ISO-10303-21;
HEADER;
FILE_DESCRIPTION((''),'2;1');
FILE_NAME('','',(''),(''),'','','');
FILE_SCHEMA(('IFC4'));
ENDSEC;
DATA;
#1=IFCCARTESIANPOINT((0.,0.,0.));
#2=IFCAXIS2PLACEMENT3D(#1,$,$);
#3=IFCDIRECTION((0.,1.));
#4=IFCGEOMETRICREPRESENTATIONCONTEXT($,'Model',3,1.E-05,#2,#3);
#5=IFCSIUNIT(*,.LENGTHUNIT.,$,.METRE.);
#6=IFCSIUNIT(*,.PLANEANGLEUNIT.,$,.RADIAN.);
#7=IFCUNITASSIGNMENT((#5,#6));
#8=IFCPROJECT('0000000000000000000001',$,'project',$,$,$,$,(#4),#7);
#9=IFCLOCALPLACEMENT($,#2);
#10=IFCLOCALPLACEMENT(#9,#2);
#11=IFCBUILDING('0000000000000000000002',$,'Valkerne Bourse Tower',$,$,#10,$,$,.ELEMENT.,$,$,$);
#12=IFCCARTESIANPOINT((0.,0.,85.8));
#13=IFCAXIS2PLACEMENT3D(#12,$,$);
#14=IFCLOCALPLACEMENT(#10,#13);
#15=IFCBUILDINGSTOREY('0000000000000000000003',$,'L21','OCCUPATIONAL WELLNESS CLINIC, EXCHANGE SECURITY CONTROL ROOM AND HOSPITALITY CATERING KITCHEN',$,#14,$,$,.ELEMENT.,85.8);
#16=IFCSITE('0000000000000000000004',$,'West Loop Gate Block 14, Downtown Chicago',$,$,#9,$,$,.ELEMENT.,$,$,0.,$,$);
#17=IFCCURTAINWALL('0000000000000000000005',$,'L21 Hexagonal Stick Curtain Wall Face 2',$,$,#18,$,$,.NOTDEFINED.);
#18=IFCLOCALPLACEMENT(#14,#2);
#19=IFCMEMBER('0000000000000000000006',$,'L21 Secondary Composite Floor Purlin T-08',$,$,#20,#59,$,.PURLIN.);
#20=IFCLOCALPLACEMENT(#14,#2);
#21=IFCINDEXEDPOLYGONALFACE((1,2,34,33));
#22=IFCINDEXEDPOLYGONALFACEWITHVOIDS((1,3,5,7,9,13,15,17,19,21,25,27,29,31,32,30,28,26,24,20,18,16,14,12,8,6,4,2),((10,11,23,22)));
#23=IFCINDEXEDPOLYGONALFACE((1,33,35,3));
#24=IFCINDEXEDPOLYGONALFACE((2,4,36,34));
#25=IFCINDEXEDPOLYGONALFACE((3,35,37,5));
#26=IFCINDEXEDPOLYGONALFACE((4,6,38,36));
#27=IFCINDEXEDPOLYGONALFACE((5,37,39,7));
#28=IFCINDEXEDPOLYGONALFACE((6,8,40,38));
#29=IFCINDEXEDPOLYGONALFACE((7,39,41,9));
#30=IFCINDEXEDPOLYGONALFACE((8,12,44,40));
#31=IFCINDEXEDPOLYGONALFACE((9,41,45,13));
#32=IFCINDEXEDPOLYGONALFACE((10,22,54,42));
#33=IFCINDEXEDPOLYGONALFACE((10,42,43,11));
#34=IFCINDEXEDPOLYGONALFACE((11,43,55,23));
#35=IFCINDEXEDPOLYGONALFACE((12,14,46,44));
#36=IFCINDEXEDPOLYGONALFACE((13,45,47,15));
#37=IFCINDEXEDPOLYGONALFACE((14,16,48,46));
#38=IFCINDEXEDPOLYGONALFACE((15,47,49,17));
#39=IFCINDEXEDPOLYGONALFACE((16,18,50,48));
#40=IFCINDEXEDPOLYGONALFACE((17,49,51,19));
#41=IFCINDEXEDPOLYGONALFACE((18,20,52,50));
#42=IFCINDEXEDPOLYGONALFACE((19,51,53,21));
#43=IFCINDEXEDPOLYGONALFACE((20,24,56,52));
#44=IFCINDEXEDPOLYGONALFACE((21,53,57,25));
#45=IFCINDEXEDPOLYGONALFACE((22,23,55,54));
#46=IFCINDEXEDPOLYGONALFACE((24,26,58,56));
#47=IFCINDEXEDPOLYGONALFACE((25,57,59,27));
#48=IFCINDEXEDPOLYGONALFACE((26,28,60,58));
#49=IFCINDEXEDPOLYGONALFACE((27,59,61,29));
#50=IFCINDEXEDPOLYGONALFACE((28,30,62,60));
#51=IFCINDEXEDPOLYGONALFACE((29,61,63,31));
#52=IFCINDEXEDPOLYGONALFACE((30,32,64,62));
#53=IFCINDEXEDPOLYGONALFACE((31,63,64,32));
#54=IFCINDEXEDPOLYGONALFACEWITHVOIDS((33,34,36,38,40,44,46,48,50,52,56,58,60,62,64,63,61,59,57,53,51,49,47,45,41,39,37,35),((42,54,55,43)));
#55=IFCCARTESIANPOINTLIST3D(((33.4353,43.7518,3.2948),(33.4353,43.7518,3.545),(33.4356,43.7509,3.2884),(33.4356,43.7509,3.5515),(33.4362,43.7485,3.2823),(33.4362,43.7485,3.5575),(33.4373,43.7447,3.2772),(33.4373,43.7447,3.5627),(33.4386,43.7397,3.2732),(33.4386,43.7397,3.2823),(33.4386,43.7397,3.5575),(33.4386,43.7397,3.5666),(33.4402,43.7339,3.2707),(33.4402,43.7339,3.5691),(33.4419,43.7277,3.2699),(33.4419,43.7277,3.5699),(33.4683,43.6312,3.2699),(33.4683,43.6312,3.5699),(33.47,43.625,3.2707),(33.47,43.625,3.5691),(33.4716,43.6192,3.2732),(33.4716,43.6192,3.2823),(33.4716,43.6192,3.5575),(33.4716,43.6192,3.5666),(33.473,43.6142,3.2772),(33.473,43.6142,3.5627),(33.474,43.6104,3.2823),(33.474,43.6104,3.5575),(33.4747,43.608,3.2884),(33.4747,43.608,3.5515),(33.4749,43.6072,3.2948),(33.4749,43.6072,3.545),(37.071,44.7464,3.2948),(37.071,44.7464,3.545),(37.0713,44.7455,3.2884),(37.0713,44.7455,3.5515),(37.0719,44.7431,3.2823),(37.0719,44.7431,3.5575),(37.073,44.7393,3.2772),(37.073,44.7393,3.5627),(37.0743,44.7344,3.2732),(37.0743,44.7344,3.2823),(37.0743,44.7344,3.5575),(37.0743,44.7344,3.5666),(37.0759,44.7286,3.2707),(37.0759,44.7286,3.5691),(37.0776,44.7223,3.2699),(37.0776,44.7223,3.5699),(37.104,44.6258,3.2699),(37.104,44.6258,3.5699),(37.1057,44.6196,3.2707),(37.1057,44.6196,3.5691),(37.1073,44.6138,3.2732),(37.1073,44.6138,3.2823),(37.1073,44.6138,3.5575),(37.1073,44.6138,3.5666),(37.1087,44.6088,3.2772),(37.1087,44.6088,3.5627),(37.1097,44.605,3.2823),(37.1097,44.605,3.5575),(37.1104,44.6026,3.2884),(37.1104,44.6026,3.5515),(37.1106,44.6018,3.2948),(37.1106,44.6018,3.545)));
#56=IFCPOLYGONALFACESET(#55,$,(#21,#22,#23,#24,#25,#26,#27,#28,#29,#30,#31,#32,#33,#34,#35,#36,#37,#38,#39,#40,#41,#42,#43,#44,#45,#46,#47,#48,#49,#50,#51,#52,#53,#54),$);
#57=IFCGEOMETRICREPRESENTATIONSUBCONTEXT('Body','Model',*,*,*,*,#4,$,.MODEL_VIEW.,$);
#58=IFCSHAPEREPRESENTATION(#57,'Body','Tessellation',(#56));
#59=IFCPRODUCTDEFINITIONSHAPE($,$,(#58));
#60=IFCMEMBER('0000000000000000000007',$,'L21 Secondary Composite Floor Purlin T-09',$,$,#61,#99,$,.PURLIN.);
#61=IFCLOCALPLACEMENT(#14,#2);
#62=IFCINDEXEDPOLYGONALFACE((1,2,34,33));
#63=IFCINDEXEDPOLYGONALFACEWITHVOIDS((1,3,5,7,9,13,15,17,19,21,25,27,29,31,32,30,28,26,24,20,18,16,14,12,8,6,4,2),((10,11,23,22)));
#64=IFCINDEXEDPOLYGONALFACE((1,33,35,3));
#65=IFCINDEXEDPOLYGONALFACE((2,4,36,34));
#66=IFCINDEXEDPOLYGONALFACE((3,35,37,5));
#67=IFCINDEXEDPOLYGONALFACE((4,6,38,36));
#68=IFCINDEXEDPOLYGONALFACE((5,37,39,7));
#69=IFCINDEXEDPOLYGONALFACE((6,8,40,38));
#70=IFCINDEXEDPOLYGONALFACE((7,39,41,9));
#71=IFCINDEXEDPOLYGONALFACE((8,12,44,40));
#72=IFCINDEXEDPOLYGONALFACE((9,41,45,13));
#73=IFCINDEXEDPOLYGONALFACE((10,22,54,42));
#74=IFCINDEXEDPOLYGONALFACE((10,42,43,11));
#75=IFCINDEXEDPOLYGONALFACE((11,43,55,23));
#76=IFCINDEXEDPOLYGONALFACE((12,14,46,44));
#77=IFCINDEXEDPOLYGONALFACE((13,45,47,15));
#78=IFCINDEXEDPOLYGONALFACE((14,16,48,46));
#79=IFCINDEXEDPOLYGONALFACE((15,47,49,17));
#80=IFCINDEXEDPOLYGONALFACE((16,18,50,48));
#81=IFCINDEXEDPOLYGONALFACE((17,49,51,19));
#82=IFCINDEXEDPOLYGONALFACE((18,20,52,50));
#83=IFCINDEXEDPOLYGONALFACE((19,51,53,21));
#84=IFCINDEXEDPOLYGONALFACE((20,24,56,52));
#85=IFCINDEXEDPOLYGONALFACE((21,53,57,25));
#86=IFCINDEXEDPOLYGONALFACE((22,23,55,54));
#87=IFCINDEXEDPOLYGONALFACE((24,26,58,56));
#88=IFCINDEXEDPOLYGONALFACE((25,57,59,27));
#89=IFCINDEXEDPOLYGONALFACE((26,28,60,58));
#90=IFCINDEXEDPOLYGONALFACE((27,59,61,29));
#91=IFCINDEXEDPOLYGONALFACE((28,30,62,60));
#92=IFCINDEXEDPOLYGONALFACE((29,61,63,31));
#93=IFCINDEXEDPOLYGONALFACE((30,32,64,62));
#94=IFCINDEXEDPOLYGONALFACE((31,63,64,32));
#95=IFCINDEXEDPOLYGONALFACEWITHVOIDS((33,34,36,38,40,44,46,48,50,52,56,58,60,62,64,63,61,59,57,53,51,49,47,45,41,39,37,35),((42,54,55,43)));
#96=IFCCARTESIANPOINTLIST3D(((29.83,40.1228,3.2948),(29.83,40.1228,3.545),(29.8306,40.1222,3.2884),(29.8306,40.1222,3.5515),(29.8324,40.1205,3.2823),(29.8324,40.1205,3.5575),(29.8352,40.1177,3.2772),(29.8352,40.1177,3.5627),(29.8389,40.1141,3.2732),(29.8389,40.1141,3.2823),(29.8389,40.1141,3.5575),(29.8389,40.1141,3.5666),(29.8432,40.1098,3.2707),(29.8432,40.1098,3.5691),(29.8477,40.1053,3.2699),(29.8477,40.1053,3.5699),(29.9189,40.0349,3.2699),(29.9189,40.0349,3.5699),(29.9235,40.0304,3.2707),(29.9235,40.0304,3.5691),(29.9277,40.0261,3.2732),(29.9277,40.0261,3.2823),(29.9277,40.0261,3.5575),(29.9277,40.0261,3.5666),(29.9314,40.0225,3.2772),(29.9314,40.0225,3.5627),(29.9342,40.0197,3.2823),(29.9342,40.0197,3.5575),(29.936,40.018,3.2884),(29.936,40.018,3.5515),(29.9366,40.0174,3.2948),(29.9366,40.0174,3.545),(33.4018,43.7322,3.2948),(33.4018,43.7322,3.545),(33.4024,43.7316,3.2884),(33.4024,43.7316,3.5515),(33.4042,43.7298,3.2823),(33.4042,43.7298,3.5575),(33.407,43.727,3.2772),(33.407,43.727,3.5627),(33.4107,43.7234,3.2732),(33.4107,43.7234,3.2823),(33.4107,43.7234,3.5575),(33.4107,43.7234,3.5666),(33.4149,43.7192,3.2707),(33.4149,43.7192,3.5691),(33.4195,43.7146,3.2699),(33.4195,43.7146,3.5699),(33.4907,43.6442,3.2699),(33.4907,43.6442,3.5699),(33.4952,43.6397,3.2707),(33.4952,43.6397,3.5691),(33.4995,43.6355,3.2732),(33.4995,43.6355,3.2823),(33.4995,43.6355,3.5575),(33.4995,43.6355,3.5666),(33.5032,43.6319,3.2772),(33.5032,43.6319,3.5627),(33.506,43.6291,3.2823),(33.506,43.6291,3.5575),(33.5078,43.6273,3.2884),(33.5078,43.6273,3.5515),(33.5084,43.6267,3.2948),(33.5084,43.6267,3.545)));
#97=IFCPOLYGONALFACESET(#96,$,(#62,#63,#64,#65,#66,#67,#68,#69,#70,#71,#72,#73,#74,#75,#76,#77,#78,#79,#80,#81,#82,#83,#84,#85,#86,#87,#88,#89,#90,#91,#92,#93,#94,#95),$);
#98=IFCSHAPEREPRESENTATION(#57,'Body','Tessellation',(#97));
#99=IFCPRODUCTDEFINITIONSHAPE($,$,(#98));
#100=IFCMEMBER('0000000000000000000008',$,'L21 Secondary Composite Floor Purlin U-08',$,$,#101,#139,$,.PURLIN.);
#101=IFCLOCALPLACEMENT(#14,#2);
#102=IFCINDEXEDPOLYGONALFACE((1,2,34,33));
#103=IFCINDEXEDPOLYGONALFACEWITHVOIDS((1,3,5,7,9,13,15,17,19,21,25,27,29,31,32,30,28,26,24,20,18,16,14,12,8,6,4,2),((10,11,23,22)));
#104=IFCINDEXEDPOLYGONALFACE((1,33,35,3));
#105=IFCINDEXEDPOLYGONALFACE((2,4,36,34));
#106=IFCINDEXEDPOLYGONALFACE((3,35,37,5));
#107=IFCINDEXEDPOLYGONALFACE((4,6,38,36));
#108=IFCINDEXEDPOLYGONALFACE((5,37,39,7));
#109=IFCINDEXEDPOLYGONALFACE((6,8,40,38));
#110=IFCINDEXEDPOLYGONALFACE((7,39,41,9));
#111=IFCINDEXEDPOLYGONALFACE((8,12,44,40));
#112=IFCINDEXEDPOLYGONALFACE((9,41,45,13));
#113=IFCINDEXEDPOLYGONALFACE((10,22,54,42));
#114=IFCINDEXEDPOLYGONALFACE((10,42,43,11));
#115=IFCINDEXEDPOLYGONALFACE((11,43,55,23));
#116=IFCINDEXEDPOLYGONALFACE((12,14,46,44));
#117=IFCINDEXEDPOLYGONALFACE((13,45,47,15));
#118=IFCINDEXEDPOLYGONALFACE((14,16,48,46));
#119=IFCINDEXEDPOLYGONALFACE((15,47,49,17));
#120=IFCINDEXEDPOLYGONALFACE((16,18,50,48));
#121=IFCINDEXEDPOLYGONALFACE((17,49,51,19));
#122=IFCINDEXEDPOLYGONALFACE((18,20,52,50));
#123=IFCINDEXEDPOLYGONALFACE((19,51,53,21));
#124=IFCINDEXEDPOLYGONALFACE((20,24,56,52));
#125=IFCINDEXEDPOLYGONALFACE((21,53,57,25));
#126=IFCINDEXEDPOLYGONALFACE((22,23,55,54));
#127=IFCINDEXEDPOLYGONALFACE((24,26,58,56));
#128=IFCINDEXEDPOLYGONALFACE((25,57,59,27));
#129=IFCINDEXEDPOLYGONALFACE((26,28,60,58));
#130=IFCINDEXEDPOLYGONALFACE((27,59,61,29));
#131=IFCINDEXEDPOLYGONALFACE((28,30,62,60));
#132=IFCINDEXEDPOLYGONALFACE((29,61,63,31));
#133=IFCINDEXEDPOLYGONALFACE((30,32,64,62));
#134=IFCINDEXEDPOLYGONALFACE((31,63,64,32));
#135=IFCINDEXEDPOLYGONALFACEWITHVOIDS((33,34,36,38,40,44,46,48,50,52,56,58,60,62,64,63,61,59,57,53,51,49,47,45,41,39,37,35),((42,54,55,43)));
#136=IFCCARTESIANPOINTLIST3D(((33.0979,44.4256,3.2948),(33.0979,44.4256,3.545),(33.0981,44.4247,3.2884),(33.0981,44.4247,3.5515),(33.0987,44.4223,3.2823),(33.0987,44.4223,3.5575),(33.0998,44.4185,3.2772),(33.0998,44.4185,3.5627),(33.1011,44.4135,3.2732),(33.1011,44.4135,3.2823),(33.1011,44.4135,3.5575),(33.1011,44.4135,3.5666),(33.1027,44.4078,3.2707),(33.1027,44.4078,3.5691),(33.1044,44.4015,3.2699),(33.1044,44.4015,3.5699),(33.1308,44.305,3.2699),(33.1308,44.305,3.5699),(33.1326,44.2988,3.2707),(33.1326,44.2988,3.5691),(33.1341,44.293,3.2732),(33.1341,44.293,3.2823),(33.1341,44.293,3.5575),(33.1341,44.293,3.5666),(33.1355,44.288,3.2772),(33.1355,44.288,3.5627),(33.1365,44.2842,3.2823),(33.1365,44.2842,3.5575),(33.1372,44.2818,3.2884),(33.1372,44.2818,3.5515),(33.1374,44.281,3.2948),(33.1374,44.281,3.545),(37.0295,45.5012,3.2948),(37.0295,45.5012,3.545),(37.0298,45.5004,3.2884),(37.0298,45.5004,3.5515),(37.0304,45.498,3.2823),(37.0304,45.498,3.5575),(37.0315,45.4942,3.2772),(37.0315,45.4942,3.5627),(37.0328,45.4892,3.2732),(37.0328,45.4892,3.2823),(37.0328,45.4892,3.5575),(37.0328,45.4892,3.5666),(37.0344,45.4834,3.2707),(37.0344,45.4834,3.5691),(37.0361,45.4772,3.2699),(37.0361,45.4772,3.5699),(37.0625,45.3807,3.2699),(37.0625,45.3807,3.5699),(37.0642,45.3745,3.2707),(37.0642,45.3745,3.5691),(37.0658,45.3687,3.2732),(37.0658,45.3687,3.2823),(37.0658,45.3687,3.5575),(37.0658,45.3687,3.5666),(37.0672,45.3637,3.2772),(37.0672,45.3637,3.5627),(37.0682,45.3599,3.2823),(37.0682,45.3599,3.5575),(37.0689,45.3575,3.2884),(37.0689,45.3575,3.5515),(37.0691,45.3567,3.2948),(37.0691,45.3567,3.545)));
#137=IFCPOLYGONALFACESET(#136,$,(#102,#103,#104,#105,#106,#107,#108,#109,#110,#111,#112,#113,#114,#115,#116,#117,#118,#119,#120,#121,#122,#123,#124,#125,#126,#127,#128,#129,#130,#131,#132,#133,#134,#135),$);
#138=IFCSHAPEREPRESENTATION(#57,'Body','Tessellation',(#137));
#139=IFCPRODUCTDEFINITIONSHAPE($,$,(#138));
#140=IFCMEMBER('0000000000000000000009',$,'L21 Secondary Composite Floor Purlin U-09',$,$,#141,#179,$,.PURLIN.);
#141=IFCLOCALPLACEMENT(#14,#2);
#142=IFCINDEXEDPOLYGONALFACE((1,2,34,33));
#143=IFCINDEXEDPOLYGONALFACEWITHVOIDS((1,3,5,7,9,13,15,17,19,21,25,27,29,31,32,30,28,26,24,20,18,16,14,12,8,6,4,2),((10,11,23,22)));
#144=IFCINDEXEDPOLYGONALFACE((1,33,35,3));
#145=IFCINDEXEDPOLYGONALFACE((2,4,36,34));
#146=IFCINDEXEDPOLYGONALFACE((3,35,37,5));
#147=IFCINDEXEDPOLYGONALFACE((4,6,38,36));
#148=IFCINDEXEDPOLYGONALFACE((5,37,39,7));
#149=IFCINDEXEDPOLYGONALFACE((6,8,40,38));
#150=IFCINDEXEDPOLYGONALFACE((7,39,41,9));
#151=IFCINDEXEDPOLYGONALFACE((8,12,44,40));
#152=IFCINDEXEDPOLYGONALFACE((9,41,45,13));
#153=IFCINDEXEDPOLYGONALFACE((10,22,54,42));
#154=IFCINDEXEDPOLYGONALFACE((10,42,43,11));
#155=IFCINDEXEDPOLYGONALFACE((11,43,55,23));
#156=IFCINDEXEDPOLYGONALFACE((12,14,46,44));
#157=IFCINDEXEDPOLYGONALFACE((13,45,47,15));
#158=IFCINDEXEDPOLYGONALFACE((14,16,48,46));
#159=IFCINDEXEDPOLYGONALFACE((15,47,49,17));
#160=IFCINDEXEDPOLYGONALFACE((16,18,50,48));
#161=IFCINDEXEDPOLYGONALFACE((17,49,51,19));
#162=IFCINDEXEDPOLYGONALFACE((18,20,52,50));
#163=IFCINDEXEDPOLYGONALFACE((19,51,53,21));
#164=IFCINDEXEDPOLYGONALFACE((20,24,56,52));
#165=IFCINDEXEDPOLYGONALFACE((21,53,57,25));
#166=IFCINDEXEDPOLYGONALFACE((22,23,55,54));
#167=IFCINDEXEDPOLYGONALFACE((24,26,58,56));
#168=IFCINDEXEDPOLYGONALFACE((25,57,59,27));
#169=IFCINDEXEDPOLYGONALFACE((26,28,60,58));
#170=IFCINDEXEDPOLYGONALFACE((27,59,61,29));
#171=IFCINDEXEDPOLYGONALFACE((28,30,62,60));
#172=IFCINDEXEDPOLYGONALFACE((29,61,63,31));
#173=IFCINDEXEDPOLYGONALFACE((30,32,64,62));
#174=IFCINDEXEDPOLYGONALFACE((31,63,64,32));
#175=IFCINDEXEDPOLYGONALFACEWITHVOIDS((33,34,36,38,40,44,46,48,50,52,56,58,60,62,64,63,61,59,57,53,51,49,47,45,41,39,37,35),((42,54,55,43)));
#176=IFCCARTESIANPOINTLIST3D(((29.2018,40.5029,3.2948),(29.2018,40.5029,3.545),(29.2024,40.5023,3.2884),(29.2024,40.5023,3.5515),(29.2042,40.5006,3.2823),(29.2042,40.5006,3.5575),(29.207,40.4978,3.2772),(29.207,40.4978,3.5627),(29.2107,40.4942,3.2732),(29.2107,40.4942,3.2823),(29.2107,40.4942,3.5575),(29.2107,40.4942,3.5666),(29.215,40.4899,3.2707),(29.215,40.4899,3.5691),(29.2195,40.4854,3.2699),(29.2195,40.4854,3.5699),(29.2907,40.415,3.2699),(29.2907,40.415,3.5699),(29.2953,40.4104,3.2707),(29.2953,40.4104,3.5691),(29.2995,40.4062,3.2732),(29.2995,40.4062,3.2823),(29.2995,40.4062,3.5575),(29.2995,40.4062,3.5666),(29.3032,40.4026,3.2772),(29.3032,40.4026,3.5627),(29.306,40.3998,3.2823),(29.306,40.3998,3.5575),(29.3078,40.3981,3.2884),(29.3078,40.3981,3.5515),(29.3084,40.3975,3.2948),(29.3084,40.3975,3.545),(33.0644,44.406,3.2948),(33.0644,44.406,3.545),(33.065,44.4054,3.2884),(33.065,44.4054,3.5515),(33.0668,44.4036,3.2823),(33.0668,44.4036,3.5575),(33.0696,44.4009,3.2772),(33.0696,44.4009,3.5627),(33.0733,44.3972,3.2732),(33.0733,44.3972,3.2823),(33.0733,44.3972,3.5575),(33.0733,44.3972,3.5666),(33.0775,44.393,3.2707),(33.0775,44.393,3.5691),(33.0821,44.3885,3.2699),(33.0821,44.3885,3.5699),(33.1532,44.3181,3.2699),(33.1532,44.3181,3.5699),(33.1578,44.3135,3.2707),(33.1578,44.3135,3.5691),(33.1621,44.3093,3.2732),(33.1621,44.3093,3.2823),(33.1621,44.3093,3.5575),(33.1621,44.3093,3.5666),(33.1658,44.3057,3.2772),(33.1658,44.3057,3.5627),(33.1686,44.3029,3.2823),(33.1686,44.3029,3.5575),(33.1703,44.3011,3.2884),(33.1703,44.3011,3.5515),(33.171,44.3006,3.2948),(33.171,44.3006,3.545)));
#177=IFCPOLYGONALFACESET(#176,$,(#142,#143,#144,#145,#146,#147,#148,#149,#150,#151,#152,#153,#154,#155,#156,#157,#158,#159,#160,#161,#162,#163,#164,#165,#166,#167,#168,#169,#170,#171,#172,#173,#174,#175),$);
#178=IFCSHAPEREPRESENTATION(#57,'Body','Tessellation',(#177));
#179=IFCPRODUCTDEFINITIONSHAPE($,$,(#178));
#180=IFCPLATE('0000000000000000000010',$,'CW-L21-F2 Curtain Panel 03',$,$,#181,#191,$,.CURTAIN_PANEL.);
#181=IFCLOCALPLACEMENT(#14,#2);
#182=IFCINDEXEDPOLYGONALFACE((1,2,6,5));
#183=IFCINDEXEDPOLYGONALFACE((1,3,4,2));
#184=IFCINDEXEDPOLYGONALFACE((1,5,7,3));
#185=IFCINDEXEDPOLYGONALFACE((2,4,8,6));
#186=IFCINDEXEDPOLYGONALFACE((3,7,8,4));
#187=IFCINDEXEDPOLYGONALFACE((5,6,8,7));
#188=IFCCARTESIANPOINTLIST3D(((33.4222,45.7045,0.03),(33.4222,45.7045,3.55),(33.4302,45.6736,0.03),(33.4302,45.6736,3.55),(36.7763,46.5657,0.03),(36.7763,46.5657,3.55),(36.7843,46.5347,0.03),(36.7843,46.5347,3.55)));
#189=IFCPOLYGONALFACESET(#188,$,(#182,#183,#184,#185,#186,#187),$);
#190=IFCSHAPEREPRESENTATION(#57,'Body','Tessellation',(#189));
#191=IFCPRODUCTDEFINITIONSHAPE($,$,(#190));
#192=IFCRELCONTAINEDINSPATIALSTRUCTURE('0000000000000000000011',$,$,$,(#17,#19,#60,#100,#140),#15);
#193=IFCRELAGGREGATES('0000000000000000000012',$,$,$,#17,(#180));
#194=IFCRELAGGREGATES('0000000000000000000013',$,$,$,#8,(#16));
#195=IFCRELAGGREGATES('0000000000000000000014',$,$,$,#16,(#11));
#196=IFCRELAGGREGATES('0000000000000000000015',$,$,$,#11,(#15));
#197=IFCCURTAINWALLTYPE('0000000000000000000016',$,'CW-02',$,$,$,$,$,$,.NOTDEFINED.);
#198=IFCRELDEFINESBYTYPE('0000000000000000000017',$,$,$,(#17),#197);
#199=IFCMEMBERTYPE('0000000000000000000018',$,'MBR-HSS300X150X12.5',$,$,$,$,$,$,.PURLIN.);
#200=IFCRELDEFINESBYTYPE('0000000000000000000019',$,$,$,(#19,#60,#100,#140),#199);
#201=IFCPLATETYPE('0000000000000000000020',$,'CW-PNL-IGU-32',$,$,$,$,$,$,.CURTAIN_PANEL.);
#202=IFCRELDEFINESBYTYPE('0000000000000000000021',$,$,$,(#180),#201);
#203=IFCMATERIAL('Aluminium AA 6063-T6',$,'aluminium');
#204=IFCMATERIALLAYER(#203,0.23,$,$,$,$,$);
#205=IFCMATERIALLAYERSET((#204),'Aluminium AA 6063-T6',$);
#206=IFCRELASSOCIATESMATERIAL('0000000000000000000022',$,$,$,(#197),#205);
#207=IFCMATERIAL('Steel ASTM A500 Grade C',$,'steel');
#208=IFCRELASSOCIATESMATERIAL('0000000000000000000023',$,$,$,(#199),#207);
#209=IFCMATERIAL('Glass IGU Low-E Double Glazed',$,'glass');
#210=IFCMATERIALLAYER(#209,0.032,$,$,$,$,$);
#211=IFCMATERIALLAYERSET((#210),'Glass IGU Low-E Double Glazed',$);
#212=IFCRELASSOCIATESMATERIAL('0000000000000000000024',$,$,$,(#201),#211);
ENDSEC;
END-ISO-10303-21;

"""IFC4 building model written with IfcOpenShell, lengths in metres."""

from ifc_helpers import new_model, si_unit, direction, frame, origin, origin_2d, place, context, subcontext, project, spatial, rectangle, hollow_rectangle, extrude, material, layer, layer_set, material_profile, profile_set, type_object, element, aggregate, save


model = new_model("IFC4")

# Units and contexts
model_context = context("Model", 3, precision=1e-05, world=origin(), true_north=direction((0.0, 1.0)))
body_context = subcontext(model_context, "Body", "Model", "MODEL_VIEW")
ifc_project = project(units=[si_unit("LENGTHUNIT", "METRE"), si_unit("PLANEANGLEUNIT", "RADIAN")], contexts=[model_context])

# Site, building, storey
site_placement = place(None, origin())
site = spatial("IfcSite", under=ifc_project, at=site_placement, Name="West Loop Gate Block 14, Downtown Chicago", CompositionType="ELEMENT", RefElevation=0.0)
building_placement = place(site_placement, origin())
building = spatial("IfcBuilding", under=site, at=building_placement, Name="Valkerne Bourse Tower", CompositionType="ELEMENT")
storey_placement = place(building_placement, frame((0.0, 0.0, 85.8)))
storey = spatial("IfcBuildingStorey", under=building, at=storey_placement, Name="L21", Description="OCCUPATIONAL WELLNESS CLINIC, EXCHANGE SECURITY CONTROL ROOM AND HOSPITALITY CATERING KITCHEN", CompositionType="ELEMENT", Elevation=85.8)

# Curtain wall
ifc_material_1 = material(Name="Aluminium AA 6063-T6", Category="aluminium")
ifc_layer_1 = layer(ifc_material_1, 0.23)
ifc_layer_set_1 = layer_set([ifc_layer_1], Name="Aluminium AA 6063-T6")
curtain_wall_type = type_object("IfcCurtainWallType", Name="CW-02", PredefinedType="NOTDEFINED", material=ifc_layer_set_1)
curtain_wall_1_placement = place(storey_placement, origin())
curtain_wall_1 = element("IfcCurtainWall", 1, at=curtain_wall_1_placement, inside=storey, type_object=curtain_wall_type, Name="L21 Hexagonal Stick Curtain Wall Face 2", PredefinedType="NOTDEFINED")

# Members
ifc_material_2 = material(Name="Steel ASTM A500 Grade C", Category="steel")
ifc_material_profile_1 = material_profile(ifc_material_2, hollow_rectangle(XDim=0.1499, YDim=0.3, WallThickness=0.0125, OuterFilletRadius=0.0249, at=origin_2d()), Name="HSS300X150X12.5")
ifc_profile_set_1 = profile_set([ifc_material_profile_1], Name="Steel ASTM A500 Grade C")
member_type_1 = type_object("IfcMemberType", Name="MBR-HSS300X150X12.5", PredefinedType="PURLIN", material=ifc_profile_set_1)
member_1_placement = place(storey_placement, frame((37.0908, 44.6741, 3.4199), z_axis=(-0.964557, -0.263874, 0.0), x_axis=(0.263874, -0.964557, 0.0)))
element("IfcMember", 2, at=member_1_placement, inside=storey, type_object=member_type_1, Name="L21 Secondary Composite Floor Purlin T-08", PredefinedType="PURLIN", context=body_context, shape_type="SweptSolid", body=[
    extrude(hollow_rectangle(XDim=0.1499, YDim=0.3, WallThickness=0.0125, OuterFilletRadius=0.0249, at=origin_2d()), origin(), (0.0, 0.0, 1.0), 3.7693),
])
member_2_placement = place(storey_placement, frame((33.4551, 43.6794, 3.4199), z_axis=(-0.703395, -0.710799, 0.0), x_axis=(0.710799, -0.703395, 0.0)))
element("IfcMember", 3, at=member_2_placement, inside=storey, type_object=member_type_1, Name="L21 Secondary Composite Floor Purlin T-09", PredefinedType="PURLIN", context=body_context, shape_type="SweptSolid", body=[
    extrude(hollow_rectangle(XDim=0.1499, YDim=0.3, WallThickness=0.0125, OuterFilletRadius=0.0249, at=origin_2d()), origin(), (0.0, 0.0, 1.0), 5.0779),
])
member_3_placement = place(storey_placement, frame((37.0493, 45.429, 3.4199), z_axis=(-0.964551, -0.263898, 0.0), x_axis=(0.263898, -0.964551, 0.0)))
element("IfcMember", 4, at=member_3_placement, inside=storey, type_object=member_type_1, Name="L21 Secondary Composite Floor Purlin U-08", PredefinedType="PURLIN", context=body_context, shape_type="SweptSolid", body=[
    extrude(hollow_rectangle(XDim=0.1499, YDim=0.3, WallThickness=0.0125, OuterFilletRadius=0.0249, at=origin_2d()), origin(), (0.0, 0.0, 1.0), 4.0762),
])
member_4_placement = place(storey_placement, frame((33.1177, 44.3533, 3.4199), z_axis=(-0.703407, -0.710787, 0.0), x_axis=(0.710787, -0.703407, 0.0)))
element("IfcMember", 5, at=member_4_placement, inside=storey, type_object=member_type_1, Name="L21 Secondary Composite Floor Purlin U-09", PredefinedType="PURLIN", context=body_context, shape_type="SweptSolid", body=[
    extrude(hollow_rectangle(XDim=0.1499, YDim=0.3, WallThickness=0.0125, OuterFilletRadius=0.0249, at=origin_2d()), origin(), (0.0, 0.0, 1.0), 5.4912),
])

# Plate
ifc_material_3 = material(Name="Glass IGU Low-E Double Glazed", Category="glass")
ifc_layer_2 = layer(ifc_material_3, 0.032)
ifc_layer_set_2 = layer_set([ifc_layer_2], Name="Glass IGU Low-E Double Glazed")
plate_type = type_object("IfcPlateType", Name="CW-PNL-IGU-32", PredefinedType="CURTAIN_PANEL", material=ifc_layer_set_2)
plate_placement = place(storey_placement, frame((35.1033, 46.1196, 0.03), z_axis=(0.0, 0.0, 1.0), x_axis=(-0.968584, -0.248688, 0.0)))
plate = element("IfcPlate", 6, at=plate_placement, type_object=plate_type, Name="CW-L21-F2 Curtain Panel 03", PredefinedType="CURTAIN_PANEL", context=body_context, shape_type="SweptSolid", body=[
    extrude(rectangle(XDim=3.4629, YDim=0.032, at=origin_2d()), origin(), (0.0, 0.0, 1.0), 3.52),
])
aggregate(curtain_wall_1, [plate])

save(model, "model.ifc")
